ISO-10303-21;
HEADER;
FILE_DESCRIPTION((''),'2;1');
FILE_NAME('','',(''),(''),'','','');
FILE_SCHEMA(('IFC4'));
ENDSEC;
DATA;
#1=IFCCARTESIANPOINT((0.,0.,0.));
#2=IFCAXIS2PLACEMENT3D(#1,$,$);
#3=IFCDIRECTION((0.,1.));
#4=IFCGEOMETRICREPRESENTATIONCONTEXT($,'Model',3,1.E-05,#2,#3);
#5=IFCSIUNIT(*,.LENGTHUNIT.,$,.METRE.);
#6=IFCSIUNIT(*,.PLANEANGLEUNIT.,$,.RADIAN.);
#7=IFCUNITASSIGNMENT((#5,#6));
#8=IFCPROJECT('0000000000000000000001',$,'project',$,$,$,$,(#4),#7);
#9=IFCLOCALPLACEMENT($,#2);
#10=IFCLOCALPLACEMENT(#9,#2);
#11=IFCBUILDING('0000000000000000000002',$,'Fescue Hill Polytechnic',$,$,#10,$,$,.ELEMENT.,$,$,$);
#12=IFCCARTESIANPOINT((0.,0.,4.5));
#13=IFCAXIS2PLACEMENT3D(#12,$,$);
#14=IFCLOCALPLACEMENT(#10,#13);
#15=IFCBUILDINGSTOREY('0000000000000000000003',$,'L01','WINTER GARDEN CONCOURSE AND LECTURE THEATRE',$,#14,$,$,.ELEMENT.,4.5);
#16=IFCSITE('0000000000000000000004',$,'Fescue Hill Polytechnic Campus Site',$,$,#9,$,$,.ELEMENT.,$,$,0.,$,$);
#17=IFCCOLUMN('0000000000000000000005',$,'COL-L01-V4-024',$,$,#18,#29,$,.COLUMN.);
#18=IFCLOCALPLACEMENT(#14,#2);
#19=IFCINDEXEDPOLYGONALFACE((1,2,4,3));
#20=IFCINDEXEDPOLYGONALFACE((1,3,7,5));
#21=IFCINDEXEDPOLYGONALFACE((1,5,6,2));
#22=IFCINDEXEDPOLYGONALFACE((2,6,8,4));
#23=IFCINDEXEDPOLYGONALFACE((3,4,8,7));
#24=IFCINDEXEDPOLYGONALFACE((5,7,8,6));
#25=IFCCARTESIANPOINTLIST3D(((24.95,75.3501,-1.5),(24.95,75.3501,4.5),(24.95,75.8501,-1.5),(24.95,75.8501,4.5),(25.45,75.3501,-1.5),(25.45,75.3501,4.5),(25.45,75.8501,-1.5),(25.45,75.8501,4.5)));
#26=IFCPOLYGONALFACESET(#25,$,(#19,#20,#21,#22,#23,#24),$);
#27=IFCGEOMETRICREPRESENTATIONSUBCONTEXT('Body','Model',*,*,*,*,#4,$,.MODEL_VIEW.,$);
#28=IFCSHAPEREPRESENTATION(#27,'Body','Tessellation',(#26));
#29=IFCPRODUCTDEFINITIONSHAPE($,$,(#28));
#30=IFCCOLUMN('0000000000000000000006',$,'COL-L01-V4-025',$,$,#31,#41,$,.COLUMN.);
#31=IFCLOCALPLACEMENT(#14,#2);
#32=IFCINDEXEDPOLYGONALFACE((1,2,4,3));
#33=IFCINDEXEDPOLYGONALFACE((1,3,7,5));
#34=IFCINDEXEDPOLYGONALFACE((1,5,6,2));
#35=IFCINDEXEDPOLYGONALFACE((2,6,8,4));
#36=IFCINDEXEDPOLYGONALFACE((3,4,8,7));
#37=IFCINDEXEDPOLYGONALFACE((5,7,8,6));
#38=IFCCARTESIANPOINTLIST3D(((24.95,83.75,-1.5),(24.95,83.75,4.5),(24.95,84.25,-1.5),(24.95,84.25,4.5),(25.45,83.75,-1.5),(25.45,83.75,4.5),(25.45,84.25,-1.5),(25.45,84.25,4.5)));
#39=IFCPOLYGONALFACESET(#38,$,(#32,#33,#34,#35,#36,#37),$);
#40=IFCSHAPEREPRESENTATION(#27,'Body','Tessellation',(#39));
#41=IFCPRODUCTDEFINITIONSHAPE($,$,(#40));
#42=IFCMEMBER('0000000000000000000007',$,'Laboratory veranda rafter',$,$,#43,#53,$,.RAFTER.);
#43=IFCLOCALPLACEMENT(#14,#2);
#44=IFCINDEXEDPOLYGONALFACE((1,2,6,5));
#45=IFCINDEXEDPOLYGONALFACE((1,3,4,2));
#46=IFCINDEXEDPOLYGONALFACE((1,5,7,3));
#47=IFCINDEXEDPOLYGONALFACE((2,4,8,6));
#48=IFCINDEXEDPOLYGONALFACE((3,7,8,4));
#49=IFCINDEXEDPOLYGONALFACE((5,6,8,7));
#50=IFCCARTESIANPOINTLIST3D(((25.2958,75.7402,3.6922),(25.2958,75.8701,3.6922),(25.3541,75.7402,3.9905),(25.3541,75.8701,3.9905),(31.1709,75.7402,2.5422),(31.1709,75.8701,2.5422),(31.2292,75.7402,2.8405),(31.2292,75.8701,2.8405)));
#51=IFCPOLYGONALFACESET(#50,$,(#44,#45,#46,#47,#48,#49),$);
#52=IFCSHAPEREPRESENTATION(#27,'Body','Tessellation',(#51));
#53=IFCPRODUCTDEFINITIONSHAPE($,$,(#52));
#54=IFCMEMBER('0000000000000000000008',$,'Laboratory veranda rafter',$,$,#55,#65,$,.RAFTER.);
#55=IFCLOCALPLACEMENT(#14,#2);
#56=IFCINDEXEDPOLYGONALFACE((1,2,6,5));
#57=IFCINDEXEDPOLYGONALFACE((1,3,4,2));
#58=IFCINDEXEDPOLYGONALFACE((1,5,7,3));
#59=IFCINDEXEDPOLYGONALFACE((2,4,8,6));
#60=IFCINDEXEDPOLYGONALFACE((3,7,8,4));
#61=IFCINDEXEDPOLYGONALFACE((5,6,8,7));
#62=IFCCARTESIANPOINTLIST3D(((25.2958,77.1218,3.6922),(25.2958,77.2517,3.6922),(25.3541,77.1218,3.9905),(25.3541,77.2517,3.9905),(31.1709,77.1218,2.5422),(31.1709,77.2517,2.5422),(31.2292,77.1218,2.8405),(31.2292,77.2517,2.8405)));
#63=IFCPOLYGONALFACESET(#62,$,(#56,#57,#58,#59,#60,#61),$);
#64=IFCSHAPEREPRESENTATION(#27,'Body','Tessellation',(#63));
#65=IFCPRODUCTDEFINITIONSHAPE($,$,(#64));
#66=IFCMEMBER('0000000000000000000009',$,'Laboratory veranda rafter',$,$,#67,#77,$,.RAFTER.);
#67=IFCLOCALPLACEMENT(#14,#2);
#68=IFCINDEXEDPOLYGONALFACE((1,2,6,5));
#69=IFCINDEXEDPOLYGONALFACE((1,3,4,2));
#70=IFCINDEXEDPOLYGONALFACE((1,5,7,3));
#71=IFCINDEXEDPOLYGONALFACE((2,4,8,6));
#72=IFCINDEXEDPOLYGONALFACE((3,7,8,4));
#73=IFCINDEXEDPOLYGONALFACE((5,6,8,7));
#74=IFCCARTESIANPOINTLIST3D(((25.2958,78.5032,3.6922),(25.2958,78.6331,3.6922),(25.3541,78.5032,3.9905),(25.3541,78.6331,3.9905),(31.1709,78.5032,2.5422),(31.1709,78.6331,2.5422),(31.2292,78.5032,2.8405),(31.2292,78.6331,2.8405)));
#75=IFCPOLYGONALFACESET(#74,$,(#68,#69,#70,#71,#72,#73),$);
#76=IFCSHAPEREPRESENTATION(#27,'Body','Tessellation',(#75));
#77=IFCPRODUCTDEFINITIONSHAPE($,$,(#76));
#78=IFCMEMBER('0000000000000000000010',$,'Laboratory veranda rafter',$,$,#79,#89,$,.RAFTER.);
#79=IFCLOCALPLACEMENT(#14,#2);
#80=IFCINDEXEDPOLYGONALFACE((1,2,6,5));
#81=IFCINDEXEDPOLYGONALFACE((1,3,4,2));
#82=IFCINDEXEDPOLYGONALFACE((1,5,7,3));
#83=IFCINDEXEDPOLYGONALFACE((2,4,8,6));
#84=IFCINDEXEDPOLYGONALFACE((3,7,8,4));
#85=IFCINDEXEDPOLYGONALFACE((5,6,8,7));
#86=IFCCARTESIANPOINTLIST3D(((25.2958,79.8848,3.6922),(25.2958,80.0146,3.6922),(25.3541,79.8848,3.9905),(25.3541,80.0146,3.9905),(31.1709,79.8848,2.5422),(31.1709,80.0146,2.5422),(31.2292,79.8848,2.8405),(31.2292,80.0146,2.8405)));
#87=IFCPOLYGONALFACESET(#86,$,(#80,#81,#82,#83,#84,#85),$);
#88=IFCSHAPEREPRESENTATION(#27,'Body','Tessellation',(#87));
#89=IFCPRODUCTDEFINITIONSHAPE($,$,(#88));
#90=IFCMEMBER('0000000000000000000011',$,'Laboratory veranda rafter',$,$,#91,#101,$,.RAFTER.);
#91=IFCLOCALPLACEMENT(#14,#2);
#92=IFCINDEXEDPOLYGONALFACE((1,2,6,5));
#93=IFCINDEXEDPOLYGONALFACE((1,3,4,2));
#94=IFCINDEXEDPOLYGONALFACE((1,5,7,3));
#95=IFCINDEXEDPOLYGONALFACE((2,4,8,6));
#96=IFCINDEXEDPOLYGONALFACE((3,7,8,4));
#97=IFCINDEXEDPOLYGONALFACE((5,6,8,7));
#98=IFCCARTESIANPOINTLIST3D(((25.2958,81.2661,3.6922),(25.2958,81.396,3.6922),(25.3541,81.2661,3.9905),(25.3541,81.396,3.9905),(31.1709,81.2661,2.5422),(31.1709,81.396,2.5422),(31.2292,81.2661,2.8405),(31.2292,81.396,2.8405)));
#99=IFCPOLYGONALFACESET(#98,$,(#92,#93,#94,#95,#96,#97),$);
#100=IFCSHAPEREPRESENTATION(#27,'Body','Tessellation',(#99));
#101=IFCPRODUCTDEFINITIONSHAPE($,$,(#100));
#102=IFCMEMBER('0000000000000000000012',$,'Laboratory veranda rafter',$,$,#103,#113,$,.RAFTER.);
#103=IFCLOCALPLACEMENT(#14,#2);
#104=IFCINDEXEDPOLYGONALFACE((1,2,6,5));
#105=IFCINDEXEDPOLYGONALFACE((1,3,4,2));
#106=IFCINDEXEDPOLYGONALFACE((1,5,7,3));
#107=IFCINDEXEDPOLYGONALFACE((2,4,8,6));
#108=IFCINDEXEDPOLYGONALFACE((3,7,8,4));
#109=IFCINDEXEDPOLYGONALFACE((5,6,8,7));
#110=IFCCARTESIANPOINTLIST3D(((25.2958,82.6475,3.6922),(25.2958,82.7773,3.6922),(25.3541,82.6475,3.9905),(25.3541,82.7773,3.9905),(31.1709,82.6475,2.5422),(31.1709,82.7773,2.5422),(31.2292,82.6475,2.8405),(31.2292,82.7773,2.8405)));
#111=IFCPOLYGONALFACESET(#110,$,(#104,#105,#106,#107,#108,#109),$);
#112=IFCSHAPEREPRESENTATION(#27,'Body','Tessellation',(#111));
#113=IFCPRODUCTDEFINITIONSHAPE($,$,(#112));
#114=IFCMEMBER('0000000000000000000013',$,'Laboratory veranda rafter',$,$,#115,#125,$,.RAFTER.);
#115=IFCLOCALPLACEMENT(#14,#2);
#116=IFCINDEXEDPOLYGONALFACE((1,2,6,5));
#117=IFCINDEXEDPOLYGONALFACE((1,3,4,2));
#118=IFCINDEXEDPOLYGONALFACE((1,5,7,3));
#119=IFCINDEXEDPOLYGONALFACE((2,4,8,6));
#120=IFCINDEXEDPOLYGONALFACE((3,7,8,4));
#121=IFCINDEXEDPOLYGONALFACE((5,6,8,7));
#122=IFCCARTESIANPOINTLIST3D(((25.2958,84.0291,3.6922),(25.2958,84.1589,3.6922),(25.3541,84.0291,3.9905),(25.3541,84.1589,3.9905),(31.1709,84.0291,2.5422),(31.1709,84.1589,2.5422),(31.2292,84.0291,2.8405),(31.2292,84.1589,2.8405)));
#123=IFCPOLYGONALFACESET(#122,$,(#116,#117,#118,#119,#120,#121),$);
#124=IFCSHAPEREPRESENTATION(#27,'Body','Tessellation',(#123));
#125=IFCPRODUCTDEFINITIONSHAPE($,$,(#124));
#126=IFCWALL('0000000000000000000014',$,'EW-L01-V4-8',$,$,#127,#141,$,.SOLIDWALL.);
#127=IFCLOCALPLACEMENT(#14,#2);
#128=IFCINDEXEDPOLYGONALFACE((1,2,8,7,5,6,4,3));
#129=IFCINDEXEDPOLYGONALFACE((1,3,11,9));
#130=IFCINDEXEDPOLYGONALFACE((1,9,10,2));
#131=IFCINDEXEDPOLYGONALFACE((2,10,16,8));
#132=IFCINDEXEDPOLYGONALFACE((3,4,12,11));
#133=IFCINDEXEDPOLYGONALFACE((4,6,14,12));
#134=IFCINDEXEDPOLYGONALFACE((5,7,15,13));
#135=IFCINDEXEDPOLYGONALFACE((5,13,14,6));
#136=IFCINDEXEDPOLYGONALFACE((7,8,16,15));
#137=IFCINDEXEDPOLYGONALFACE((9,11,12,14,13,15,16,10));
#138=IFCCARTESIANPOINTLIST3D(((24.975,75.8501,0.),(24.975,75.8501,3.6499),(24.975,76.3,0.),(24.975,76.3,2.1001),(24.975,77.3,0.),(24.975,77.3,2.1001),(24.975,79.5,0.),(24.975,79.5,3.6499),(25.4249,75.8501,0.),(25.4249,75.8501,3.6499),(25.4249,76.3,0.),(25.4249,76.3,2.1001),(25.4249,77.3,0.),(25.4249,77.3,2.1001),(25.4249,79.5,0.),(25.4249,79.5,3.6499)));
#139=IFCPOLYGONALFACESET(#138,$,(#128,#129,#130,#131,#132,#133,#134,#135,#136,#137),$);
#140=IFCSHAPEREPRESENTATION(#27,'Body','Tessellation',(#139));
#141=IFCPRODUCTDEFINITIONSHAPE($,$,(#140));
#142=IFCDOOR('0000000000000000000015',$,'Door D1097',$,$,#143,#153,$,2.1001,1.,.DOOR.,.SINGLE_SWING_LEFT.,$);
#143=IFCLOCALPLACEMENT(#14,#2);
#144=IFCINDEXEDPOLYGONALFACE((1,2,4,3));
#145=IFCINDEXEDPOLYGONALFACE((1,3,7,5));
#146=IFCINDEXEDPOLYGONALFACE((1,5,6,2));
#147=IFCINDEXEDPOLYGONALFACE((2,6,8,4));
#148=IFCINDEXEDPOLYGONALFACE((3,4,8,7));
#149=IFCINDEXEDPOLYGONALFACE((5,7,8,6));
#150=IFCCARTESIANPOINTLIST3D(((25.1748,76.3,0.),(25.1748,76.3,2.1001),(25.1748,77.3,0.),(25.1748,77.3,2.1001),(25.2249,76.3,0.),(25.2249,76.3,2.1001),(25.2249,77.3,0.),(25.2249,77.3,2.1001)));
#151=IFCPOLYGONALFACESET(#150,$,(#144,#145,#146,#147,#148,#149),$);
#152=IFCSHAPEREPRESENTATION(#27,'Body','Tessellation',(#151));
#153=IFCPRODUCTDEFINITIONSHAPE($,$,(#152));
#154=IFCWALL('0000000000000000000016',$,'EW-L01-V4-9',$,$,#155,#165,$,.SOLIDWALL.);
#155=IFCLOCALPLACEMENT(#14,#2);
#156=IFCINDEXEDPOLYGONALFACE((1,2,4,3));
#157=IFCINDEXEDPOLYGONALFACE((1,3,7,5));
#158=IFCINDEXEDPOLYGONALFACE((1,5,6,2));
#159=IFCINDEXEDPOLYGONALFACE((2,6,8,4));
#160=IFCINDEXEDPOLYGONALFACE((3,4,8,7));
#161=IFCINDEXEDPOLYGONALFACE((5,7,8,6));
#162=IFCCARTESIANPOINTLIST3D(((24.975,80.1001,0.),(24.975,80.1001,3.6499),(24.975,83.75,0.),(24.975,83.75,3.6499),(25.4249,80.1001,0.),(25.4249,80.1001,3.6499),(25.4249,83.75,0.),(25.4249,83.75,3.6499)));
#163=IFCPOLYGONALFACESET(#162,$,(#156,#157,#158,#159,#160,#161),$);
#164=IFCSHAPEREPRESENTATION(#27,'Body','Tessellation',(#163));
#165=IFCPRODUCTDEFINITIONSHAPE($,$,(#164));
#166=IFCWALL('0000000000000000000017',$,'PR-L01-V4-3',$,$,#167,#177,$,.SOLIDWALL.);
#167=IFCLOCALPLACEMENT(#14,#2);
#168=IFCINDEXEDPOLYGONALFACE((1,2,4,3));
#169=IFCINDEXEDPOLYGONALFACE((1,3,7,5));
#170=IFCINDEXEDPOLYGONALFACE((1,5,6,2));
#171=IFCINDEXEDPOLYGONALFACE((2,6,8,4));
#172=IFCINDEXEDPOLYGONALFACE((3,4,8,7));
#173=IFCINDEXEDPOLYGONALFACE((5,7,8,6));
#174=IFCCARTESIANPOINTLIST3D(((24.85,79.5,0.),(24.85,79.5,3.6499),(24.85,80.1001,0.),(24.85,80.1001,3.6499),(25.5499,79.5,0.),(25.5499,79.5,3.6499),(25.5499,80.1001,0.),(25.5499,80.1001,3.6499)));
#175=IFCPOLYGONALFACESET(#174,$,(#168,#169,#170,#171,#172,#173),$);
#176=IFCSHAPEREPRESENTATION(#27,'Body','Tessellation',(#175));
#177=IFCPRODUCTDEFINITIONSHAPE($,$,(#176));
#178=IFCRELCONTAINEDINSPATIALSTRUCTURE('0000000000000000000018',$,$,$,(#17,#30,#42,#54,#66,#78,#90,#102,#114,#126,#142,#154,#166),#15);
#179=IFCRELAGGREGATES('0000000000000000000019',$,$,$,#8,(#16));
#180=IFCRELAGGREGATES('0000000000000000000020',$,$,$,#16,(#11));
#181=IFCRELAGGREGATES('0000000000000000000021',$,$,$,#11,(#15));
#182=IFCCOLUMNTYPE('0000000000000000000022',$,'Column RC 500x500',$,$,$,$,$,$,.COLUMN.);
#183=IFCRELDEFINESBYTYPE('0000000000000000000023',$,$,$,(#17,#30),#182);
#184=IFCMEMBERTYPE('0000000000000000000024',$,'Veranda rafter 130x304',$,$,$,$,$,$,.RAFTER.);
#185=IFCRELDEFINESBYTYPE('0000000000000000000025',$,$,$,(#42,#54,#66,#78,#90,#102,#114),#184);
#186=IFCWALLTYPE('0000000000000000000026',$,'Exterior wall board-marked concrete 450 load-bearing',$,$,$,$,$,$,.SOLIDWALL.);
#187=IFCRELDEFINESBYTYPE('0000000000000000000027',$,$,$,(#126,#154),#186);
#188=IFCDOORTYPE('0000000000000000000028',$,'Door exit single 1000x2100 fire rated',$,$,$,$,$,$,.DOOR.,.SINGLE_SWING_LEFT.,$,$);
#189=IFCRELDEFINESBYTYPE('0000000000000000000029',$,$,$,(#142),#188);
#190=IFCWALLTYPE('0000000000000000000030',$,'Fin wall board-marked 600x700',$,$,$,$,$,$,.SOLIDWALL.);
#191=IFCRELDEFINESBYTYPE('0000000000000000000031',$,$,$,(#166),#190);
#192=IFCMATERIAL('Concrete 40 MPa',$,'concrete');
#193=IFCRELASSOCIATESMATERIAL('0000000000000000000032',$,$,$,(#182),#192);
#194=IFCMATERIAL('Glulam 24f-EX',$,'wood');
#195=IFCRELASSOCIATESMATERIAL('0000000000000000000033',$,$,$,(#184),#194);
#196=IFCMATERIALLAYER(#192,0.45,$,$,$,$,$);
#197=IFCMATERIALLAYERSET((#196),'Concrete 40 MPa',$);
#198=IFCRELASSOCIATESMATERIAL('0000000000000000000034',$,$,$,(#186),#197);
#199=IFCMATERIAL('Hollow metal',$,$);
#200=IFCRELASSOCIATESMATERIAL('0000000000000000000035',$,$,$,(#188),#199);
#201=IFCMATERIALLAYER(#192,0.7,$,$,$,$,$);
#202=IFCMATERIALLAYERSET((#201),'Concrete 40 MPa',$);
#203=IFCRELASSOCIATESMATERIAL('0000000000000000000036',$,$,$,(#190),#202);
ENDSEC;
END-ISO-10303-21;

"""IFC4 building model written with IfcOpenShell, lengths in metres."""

from ifc_helpers import new_model, si_unit, direction, frame, frame_2d, origin, origin_2d, place, context, subcontext, project, spatial, rectangle, extrude, material, layer, layer_set, material_profile, profile_set, type_object, element, fill, save


model = new_model("IFC4")

# Units and contexts
model_context = context("Model", 3, precision=1e-05, world=origin(), true_north=direction((0.0, 1.0)))
body_context = subcontext(model_context, "Body", "Model", "MODEL_VIEW")
ifc_project = project(units=[si_unit("LENGTHUNIT", "METRE"), si_unit("PLANEANGLEUNIT", "RADIAN")], contexts=[model_context])

# Site, building, storey
site_placement = place(None, origin())
site = spatial("IfcSite", under=ifc_project, at=site_placement, Name="Fescue Hill Polytechnic Campus Site", CompositionType="ELEMENT", RefElevation=0.0)
building_placement = place(site_placement, origin())
building = spatial("IfcBuilding", under=site, at=building_placement, Name="Fescue Hill Polytechnic", CompositionType="ELEMENT")
storey_placement = place(building_placement, frame((0.0, 0.0, 4.5)))
storey = spatial("IfcBuildingStorey", under=building, at=storey_placement, Name="L01", Description="WINTER GARDEN CONCOURSE AND LECTURE THEATRE", CompositionType="ELEMENT", Elevation=4.5)

# Columns
ifc_material_1 = material(Name="Concrete 40 MPa", Category="concrete")
ifc_material_profile_1 = material_profile(ifc_material_1, rectangle(XDim=0.5, YDim=0.5, at=origin_2d()), Name="RC 500x500")
ifc_profile_set_1 = profile_set([ifc_material_profile_1], Name="Concrete 40 MPa")
column_type = type_object("IfcColumnType", Name="Column RC 500x500", PredefinedType="COLUMN", material=ifc_profile_set_1)
for number, where, z_axis, x_axis, name in (
    (1, (25.2, 75.6001, -1.5), (0.0, 0.0, 1.0), (1.0, 0.0, 0.0), "COL-L01-V4-024"),
    (2, (25.2, 84.0, -1.5), (0.0, 0.0, 1.0), (1.0, 0.0, 0.0), "COL-L01-V4-025"),
):
    element("IfcColumn", number, at=place(storey_placement, frame(where, z_axis=z_axis, x_axis=x_axis)), inside=storey, type_object=column_type, Name=name, PredefinedType="COLUMN", context=body_context, shape_type="SweptSolid", body=[
        extrude(rectangle(XDim=0.5, YDim=0.5, at=origin_2d()), origin(), (0.0, 0.0, 1.0), 6.0),
    ])

# Members
ifc_material_2 = material(Name="Glulam 24f-EX", Category="wood")
ifc_material_profile_2 = material_profile(ifc_material_2, rectangle(XDim=0.1299, YDim=0.304, at=origin_2d()), Name="Veranda rafter 130x304")
ifc_profile_set_2 = profile_set([ifc_material_profile_2], Name="Glulam 24f-EX")
member_type = type_object("IfcMemberType", Name="Veranda rafter 130x304", PredefinedType="RAFTER", material=ifc_profile_set_2)
for number, where, z_axis, x_axis, name in (
    (3, (25.325, 75.8052, 3.8413), (0.981379, 0.0, -0.192083), (0.0, 1.0, 0.0), "Laboratory veranda rafter"),
    (4, (25.325, 77.1868, 3.8413), (0.981379, 0.0, -0.192083), (0.0, 1.0, 0.0), "Laboratory veranda rafter"),
    (5, (25.325, 78.5681, 3.8413), (0.981379, 0.0, -0.192083), (0.0, 1.0, 0.0), "Laboratory veranda rafter"),
    (6, (25.325, 79.9497, 3.8413), (0.981379, 0.0, -0.192083), (0.0, 1.0, 0.0), "Laboratory veranda rafter"),
    (7, (25.325, 81.3311, 3.8413), (0.981379, 0.0, -0.192083), (0.0, 1.0, 0.0), "Laboratory veranda rafter"),
    (8, (25.325, 82.7124, 3.8413), (0.981379, 0.0, -0.192083), (0.0, 1.0, 0.0), "Laboratory veranda rafter"),
    (9, (25.325, 84.094, 3.8413), (0.981379, 0.0, -0.192083), (0.0, 1.0, 0.0), "Laboratory veranda rafter"),
):
    element("IfcMember", number, at=place(storey_placement, frame(where, z_axis=z_axis, x_axis=x_axis)), inside=storey, type_object=member_type, Name=name, PredefinedType="RAFTER", context=body_context, shape_type="SweptSolid", body=[
        extrude(rectangle(XDim=0.1299, YDim=0.304, at=origin_2d()), origin(), (0.0, 0.0, 1.0), 5.9866),
    ])

# Wall, opening, door
ifc_layer_1 = layer(ifc_material_1, 0.45)
ifc_layer_set_1 = layer_set([ifc_layer_1], Name="Concrete 40 MPa")
wall_type_1 = type_object("IfcWallType", Name="Exterior wall board-marked concrete 450 load-bearing", PredefinedType="SOLIDWALL", material=ifc_layer_set_1)
wall_1_placement = place(storey_placement, frame((25.2, 75.8501, 0.0), z_axis=(0.0, 0.0, 1.0), x_axis=(0.0, 1.0, 0.0)))
wall_1 = element("IfcWall", 10, at=wall_1_placement, inside=storey, type_object=wall_type_1, Name="EW-L01-V4-8", PredefinedType="SOLIDWALL", context=body_context, shape_type="SweptSolid", body=[
    extrude(rectangle(XDim=3.6499, YDim=0.45, at=frame_2d((1.825, 0.0))), origin(), (0.0, 0.0, 1.0), 3.6499),
])
opening_placement = place(wall_1_placement, frame((1.45, 0.0, 0.0), z_axis=(0.0, 0.0, 1.0), x_axis=(-1.0, 0.0, 0.0)))
opening = element("IfcOpeningElement", 11, at=opening_placement, cuts=wall_1, PredefinedType="OPENING", context=body_context, shape_type="SweptSolid", body=[
    extrude(rectangle(XDim=1.0, YDim=2.1001, at=frame_2d((0.5, 1.05))), frame((0.0, 0.2349, 0.0), z_axis=(0.0, -1.0, 0.0), x_axis=(1.0, 0.0, 0.0)), (0.0, 0.0, 1.0), 0.47),
])
ifc_material_3 = material(Name="Hollow metal")
door_type = type_object("IfcDoorType", Name="Door exit single 1000x2100 fire rated", OperationType="SINGLE_SWING_LEFT", PredefinedType="DOOR", material=ifc_material_3)
door_placement = place(opening_placement, origin())
door = element("IfcDoor", 12, at=door_placement, inside=storey, type_object=door_type, Name="Door D1097", OperationType="SINGLE_SWING_LEFT", OverallHeight=2.1001, OverallWidth=1.0, PredefinedType="DOOR", context=body_context, shape_type="SweptSolid", body=[
    extrude(rectangle(XDim=1.0, YDim=2.1001, at=frame_2d((0.5, 1.05))), frame((0.0, 0.0249, 0.0), z_axis=(0.0, -1.0, 0.0), x_axis=(1.0, 0.0, 0.0)), (0.0, 0.0, 1.0), 0.05),
])
fill(opening, door)

# Walls
wall_2_placement = place(storey_placement, frame((25.2, 80.1001, 0.0), z_axis=(0.0, 0.0, 1.0), x_axis=(0.0, 1.0, 0.0)))
element("IfcWall", 13, at=wall_2_placement, inside=storey, type_object=wall_type_1, Name="EW-L01-V4-9", PredefinedType="SOLIDWALL", context=body_context, shape_type="SweptSolid", body=[
    extrude(rectangle(XDim=3.6499, YDim=0.45, at=frame_2d((1.825, 0.0))), origin(), (0.0, 0.0, 1.0), 3.6499),
])
ifc_layer_2 = layer(ifc_material_1, 0.7)
ifc_layer_set_2 = layer_set([ifc_layer_2], Name="Concrete 40 MPa")
wall_type_2 = type_object("IfcWallType", Name="Fin wall board-marked 600x700", PredefinedType="SOLIDWALL", material=ifc_layer_set_2)
wall_3_placement = place(storey_placement, frame((25.2, 79.5, 0.0), z_axis=(0.0, 0.0, 1.0), x_axis=(0.0, 1.0, 0.0)))
element("IfcWall", 14, at=wall_3_placement, inside=storey, type_object=wall_type_2, Name="PR-L01-V4-3", PredefinedType="SOLIDWALL", context=body_context, shape_type="SweptSolid", body=[
    extrude(rectangle(XDim=0.6001, YDim=0.7, at=frame_2d((0.3, 0.0))), origin(), (0.0, 0.0, 1.0), 3.6499),
])

save(model, "model.ifc")
